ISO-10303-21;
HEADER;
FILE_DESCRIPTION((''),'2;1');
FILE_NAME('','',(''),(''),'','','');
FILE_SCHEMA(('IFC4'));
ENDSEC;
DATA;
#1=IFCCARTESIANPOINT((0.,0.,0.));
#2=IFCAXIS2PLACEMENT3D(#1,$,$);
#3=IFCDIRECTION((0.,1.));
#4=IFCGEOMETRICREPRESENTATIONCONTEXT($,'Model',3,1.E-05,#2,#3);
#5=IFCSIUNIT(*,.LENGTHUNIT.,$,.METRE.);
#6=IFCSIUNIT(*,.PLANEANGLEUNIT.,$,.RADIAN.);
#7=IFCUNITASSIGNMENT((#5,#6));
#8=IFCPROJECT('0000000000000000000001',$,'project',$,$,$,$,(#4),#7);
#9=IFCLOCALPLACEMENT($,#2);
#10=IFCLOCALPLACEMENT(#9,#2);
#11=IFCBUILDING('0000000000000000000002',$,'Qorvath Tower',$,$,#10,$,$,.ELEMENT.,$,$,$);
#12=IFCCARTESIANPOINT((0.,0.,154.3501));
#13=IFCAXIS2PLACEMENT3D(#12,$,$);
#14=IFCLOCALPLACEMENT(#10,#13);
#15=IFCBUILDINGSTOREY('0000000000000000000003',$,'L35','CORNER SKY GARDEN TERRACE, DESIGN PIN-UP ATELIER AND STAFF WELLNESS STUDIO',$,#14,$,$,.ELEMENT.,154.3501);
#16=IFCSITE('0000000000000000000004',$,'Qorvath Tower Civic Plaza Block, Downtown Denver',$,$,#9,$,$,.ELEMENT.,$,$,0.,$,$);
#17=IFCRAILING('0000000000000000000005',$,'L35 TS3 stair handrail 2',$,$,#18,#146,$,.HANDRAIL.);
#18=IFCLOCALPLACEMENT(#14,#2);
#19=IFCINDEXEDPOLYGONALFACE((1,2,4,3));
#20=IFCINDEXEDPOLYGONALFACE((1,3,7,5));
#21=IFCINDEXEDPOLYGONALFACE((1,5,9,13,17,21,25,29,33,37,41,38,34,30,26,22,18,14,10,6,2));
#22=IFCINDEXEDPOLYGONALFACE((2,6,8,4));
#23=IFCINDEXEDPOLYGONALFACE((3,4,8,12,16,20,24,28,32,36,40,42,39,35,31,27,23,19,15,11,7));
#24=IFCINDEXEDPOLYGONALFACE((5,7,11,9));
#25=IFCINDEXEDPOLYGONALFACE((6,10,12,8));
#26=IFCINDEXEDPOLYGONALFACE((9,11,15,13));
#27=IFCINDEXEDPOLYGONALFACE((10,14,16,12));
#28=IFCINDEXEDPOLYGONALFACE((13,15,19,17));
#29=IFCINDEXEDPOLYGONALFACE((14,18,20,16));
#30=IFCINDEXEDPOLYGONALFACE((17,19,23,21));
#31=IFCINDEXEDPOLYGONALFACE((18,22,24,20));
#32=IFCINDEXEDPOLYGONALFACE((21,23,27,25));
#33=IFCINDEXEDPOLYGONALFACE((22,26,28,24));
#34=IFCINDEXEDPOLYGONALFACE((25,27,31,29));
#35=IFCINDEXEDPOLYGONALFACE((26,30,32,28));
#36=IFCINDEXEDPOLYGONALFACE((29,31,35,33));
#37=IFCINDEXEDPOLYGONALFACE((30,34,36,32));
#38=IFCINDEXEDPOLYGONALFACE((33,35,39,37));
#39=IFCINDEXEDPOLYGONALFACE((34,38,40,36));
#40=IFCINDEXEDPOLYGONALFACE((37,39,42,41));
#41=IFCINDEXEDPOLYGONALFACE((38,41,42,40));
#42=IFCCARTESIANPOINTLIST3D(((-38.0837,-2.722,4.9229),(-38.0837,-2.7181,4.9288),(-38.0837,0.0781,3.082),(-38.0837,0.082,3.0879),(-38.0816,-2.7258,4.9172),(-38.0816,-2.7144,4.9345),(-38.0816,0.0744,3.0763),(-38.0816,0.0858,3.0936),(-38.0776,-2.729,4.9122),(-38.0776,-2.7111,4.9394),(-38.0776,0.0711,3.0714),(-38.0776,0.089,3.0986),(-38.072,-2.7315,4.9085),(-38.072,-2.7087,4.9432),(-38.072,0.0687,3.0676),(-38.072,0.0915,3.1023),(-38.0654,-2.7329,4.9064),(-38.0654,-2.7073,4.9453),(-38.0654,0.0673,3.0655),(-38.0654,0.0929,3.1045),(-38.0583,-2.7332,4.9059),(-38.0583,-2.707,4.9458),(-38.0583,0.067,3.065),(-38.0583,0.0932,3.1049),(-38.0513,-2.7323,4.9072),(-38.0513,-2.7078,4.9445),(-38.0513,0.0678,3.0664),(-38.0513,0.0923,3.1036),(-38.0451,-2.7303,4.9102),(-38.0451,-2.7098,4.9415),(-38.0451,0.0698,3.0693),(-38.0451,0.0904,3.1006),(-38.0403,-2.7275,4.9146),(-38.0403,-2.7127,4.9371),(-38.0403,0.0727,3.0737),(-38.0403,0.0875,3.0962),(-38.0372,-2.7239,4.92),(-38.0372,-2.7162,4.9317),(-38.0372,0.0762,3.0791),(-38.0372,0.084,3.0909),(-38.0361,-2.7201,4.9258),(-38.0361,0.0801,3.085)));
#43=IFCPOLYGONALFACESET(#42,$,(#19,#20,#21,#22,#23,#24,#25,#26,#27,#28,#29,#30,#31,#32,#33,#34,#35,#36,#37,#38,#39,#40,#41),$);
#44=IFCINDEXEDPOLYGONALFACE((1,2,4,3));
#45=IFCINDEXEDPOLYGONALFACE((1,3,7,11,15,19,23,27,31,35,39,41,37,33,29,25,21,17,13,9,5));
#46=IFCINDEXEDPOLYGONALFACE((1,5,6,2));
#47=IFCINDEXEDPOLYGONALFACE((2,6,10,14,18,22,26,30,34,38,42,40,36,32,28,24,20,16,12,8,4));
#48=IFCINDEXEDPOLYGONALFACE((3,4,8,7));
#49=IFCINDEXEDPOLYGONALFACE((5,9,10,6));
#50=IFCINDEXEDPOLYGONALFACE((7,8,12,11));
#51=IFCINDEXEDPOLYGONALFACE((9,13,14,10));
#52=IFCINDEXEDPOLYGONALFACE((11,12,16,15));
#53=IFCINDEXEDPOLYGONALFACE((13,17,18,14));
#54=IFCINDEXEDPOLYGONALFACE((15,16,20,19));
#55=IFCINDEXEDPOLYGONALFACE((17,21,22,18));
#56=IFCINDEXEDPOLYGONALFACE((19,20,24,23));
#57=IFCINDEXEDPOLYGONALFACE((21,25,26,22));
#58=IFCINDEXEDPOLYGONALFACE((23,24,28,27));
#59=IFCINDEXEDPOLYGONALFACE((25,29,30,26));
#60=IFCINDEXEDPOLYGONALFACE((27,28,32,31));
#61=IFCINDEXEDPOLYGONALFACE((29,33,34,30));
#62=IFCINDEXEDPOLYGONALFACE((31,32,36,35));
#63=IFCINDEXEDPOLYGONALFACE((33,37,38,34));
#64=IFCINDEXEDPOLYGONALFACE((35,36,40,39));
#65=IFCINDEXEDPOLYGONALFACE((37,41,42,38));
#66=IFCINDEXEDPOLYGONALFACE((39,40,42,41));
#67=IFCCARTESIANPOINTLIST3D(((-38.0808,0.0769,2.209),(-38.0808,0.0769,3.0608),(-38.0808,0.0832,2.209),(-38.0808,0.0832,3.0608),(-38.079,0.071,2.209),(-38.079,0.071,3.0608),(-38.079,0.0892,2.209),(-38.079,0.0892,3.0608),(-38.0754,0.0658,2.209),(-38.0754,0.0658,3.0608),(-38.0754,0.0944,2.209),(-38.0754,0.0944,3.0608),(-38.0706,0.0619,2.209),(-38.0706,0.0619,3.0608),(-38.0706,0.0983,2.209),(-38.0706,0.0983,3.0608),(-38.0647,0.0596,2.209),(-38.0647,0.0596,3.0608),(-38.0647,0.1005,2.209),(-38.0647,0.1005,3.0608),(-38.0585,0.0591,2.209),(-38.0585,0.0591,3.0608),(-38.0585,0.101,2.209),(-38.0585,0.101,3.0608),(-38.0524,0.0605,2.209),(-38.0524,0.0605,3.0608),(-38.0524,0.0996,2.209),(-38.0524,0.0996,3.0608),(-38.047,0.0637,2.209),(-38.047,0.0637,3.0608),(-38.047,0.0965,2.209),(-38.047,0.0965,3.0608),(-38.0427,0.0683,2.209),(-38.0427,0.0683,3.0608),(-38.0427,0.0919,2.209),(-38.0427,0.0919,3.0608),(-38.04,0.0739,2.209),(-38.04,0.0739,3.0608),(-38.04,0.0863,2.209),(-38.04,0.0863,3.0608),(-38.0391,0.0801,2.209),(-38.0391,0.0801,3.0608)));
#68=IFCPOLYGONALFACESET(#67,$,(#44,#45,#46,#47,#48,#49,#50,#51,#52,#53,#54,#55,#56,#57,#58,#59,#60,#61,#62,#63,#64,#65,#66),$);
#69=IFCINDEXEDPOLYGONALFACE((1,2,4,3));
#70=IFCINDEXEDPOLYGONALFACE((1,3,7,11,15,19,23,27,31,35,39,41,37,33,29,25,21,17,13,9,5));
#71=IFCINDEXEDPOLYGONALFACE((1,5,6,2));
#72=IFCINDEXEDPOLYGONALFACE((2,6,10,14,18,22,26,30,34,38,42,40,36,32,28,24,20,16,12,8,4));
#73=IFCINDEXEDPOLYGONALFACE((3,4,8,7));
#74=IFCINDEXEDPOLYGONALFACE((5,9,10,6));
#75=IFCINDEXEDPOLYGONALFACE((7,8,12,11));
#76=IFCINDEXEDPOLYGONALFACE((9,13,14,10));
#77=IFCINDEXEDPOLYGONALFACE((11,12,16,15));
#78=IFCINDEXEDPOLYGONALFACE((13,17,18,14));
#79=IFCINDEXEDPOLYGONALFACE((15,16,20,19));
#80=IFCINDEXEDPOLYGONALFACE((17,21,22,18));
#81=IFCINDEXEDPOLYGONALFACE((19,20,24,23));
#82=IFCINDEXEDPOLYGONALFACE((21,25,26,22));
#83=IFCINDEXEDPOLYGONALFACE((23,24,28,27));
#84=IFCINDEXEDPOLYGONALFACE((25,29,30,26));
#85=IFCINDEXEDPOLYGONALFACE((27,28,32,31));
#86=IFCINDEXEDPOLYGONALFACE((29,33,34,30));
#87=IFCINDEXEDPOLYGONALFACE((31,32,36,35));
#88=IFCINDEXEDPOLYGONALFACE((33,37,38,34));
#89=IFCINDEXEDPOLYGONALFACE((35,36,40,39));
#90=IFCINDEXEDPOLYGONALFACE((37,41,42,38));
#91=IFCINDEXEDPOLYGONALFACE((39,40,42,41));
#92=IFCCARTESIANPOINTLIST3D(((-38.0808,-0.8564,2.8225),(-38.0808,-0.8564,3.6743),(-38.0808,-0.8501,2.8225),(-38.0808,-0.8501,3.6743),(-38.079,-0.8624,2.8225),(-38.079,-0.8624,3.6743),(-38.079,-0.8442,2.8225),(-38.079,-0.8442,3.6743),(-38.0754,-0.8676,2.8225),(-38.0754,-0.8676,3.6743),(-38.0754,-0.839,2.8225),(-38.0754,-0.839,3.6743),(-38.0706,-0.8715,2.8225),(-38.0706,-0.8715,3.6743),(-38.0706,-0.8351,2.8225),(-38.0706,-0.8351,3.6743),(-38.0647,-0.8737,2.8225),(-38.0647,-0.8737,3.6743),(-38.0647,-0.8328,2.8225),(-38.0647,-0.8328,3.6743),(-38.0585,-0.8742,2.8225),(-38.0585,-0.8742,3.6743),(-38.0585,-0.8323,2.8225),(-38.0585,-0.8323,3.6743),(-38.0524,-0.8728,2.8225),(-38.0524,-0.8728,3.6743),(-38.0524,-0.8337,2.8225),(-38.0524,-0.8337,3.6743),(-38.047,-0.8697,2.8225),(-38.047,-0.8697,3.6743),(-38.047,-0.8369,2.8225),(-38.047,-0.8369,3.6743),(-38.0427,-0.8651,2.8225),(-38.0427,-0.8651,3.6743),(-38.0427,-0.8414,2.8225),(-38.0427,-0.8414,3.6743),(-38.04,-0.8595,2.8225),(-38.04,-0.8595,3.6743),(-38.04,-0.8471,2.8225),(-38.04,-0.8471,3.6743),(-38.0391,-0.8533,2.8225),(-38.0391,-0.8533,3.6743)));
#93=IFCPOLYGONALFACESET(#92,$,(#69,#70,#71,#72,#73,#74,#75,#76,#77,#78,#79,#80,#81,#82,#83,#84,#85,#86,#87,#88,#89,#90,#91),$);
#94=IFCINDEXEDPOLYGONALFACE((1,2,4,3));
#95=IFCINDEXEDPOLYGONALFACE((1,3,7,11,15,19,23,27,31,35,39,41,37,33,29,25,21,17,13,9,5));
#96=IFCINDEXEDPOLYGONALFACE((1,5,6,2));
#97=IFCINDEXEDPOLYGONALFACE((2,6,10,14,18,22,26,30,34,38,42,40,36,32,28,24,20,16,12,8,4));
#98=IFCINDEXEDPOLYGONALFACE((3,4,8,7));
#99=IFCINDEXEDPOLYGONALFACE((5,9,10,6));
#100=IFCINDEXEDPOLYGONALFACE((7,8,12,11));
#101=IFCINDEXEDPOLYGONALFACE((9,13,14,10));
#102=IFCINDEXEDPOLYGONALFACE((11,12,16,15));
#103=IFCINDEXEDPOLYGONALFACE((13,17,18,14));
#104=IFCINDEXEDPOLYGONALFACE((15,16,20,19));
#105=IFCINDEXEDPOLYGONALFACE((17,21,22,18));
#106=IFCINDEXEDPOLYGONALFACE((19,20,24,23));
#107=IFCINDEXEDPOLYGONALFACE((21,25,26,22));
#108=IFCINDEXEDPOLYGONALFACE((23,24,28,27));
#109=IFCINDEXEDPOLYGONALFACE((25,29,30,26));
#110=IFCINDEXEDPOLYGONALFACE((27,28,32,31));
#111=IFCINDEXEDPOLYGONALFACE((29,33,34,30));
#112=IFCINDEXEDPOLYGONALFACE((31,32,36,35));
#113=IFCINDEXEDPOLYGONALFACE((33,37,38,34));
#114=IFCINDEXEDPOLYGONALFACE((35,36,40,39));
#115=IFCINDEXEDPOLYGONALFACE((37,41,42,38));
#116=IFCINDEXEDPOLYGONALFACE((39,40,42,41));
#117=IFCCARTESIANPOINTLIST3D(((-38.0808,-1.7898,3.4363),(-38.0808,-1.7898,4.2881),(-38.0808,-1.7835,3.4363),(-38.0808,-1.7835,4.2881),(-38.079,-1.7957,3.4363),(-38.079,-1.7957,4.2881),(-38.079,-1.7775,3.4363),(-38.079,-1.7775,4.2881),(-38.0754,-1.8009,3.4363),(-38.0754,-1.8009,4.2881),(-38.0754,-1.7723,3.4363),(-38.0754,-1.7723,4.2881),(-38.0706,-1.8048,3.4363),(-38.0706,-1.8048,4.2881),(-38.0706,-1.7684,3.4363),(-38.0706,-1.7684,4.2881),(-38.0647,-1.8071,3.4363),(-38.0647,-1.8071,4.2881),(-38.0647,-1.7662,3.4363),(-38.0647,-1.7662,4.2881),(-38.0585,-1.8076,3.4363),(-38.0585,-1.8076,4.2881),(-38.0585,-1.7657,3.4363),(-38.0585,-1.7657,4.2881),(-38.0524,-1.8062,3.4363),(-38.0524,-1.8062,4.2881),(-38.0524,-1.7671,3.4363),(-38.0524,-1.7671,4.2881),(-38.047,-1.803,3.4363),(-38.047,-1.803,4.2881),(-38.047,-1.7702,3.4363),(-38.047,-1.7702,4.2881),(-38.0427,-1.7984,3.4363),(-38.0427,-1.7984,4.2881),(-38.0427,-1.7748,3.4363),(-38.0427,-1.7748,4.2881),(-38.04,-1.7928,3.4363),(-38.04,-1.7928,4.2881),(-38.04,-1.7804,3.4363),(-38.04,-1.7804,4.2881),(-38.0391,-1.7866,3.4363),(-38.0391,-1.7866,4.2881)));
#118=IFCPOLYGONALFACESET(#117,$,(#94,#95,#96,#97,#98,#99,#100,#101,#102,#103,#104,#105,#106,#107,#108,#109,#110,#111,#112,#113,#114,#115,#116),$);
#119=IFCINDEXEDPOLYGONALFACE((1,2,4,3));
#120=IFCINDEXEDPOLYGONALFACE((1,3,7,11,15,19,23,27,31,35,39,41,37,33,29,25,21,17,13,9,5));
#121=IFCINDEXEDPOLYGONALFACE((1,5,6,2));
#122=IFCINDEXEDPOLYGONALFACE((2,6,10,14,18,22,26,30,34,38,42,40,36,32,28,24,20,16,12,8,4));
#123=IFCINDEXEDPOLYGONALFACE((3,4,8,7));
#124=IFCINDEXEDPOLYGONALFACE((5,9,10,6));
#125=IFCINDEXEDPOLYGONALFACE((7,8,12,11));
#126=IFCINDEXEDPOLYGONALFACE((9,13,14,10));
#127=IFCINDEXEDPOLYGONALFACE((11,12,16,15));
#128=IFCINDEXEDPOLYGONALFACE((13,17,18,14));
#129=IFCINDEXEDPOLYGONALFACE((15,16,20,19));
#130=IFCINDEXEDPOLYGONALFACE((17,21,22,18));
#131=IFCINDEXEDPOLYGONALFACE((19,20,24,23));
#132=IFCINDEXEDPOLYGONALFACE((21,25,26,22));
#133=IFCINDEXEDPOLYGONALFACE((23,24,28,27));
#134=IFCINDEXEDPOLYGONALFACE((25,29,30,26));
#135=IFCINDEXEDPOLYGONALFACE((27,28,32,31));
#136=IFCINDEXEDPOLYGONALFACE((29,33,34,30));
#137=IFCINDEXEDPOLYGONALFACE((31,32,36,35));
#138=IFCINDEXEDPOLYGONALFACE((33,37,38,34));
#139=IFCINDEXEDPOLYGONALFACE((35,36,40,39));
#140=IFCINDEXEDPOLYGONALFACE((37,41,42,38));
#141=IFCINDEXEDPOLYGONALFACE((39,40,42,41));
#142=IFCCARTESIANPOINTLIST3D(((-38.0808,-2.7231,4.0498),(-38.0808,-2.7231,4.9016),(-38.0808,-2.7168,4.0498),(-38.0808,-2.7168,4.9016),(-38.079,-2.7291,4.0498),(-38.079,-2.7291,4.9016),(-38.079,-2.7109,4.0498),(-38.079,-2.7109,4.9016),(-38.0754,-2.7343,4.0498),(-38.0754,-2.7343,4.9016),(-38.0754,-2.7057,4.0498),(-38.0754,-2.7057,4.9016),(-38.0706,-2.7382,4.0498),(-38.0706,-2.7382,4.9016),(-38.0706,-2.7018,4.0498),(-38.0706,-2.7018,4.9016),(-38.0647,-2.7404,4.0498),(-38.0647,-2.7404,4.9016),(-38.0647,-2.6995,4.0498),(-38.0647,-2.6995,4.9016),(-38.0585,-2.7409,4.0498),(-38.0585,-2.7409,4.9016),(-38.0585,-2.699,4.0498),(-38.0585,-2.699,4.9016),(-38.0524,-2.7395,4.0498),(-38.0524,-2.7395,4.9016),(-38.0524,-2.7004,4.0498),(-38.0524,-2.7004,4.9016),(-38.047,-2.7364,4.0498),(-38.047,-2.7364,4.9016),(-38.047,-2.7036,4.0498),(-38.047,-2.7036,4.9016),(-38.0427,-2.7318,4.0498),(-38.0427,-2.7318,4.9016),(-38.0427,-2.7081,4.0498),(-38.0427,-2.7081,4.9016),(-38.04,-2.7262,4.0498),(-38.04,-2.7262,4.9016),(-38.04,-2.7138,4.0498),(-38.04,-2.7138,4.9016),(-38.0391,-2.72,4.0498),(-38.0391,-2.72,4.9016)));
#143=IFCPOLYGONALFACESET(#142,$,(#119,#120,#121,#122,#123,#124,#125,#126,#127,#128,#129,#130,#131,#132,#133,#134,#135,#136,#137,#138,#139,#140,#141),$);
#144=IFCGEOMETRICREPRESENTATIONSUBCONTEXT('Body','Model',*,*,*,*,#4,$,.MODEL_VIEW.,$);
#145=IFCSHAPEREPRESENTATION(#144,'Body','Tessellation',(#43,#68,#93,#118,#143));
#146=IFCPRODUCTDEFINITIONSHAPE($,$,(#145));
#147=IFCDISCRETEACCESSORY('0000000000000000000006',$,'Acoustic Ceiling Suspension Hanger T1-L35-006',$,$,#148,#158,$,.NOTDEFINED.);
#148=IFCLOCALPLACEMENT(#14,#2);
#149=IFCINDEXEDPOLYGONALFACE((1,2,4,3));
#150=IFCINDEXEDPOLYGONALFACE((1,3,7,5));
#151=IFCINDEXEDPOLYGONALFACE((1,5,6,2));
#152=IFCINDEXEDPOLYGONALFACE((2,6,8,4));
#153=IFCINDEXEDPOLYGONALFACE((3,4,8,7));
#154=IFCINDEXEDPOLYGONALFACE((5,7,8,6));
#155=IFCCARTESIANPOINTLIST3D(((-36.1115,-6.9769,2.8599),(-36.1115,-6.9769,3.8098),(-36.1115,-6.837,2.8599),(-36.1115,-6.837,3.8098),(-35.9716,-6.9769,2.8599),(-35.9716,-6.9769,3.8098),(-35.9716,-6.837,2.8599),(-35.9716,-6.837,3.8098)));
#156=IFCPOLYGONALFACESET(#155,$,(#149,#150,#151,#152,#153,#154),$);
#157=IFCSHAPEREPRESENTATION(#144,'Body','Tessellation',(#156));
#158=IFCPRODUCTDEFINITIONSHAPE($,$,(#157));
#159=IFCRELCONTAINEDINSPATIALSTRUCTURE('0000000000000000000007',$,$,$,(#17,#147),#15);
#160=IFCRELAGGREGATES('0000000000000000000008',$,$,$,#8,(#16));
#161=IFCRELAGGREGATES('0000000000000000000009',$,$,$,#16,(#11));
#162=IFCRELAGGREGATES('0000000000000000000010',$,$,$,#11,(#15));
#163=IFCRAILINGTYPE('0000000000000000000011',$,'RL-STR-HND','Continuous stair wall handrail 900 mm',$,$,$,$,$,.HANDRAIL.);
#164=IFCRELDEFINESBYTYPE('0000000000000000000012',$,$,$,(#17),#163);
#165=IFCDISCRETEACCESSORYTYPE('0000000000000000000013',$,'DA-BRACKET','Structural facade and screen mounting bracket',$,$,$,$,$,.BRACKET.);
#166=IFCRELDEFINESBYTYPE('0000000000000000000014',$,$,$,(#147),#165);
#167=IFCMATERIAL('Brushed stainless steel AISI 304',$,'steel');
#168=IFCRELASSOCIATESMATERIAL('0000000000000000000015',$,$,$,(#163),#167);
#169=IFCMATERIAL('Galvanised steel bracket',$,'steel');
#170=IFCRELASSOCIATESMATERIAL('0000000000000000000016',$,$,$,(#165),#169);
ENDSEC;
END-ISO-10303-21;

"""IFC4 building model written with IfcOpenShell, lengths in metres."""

from ifc_helpers import new_model, si_unit, direction, frame, origin, origin_2d, place, context, subcontext, project, spatial, rectangle, circle, extrude, material, type_object, element, save


model = new_model("IFC4")

# Units and contexts
model_context = context("Model", 3, precision=1e-05, world=origin(), true_north=direction((0.0, 1.0)))
body_context = subcontext(model_context, "Body", "Model", "MODEL_VIEW")
ifc_project = project(units=[si_unit("LENGTHUNIT", "METRE"), si_unit("PLANEANGLEUNIT", "RADIAN")], contexts=[model_context])

# Site, building, storey
site_placement = place(None, origin())
site = spatial("IfcSite", under=ifc_project, at=site_placement, Name="Qorvath Tower Civic Plaza Block, Downtown Denver", CompositionType="ELEMENT", RefElevation=0.0)
building_placement = place(site_placement, origin())
building = spatial("IfcBuilding", under=site, at=building_placement, Name="Qorvath Tower", CompositionType="ELEMENT")
storey_placement = place(building_placement, frame((0.0, 0.0, 154.3501)))
storey = spatial("IfcBuildingStorey", under=building, at=storey_placement, Name="L35", Description="CORNER SKY GARDEN TERRACE, DESIGN PIN-UP ATELIER AND STAFF WELLNESS STUDIO", CompositionType="ELEMENT", Elevation=154.3501)

# Railing
ifc_material_1 = material(Name="Brushed stainless steel AISI 304", Category="steel")
railing_type_1 = type_object("IfcRailingType", Name="RL-STR-HND", Description="Continuous stair wall handrail 900 mm", PredefinedType="HANDRAIL", material=ifc_material_1)
railing_1_placement = place(storey_placement, frame((-38.0601, 0.0801, 2.209)))
element("IfcRailing", 1, at=railing_1_placement, inside=storey, type_object=railing_type_1, Name="L35 TS3 stair handrail 2", PredefinedType="HANDRAIL", context=body_context, shape_type="SweptSolid", body=[
    extrude(circle(Radius=0.0239, at=origin_2d()), frame((0.0, 0.0, 0.876), z_axis=(0.0, -0.835598, 0.549342), x_axis=(1.0, 0.0, 0.0)), (0.0, 0.0, 1.0), 3.3511),
    extrude(circle(Radius=0.021, at=origin_2d()), origin(), (0.0, 0.0, 1.0), 0.8518),
    extrude(circle(Radius=0.021, at=origin_2d()), frame((0.0, -0.9333, 0.6135)), (0.0, 0.0, 1.0), 0.8518),
    extrude(circle(Radius=0.021, at=origin_2d()), frame((0.0, -1.8667, 1.2273)), (0.0, 0.0, 1.0), 0.8518),
    extrude(circle(Radius=0.021, at=origin_2d()), frame((0.0, -2.8, 1.8408)), (0.0, 0.0, 1.0), 0.8518),
])

# Discrete accessory
ifc_material_2 = material(Name="Galvanised steel bracket", Category="steel")
discrete_accessory_type = type_object("IfcDiscreteAccessoryType", Name="DA-BRACKET", Description="Structural facade and screen mounting bracket", PredefinedType="BRACKET", material=ifc_material_2)
discrete_accessory_placement = place(storey_placement, frame((-36.0415, -6.907, 2.8599), z_axis=(0.0, 0.0, 1.0), x_axis=(1.0, 0.0, 0.0)))
element("IfcDiscreteAccessory", 2, at=discrete_accessory_placement, inside=storey, type_object=discrete_accessory_type, Name="Acoustic Ceiling Suspension Hanger T1-L35-006", PredefinedType="NOTDEFINED", context=body_context, shape_type="SweptSolid", body=[
    extrude(rectangle(XDim=0.1399, YDim=0.1399, at=origin_2d()), origin(), (0.0, 0.0, 1.0), 0.95),
])

save(model, "model.ifc")
